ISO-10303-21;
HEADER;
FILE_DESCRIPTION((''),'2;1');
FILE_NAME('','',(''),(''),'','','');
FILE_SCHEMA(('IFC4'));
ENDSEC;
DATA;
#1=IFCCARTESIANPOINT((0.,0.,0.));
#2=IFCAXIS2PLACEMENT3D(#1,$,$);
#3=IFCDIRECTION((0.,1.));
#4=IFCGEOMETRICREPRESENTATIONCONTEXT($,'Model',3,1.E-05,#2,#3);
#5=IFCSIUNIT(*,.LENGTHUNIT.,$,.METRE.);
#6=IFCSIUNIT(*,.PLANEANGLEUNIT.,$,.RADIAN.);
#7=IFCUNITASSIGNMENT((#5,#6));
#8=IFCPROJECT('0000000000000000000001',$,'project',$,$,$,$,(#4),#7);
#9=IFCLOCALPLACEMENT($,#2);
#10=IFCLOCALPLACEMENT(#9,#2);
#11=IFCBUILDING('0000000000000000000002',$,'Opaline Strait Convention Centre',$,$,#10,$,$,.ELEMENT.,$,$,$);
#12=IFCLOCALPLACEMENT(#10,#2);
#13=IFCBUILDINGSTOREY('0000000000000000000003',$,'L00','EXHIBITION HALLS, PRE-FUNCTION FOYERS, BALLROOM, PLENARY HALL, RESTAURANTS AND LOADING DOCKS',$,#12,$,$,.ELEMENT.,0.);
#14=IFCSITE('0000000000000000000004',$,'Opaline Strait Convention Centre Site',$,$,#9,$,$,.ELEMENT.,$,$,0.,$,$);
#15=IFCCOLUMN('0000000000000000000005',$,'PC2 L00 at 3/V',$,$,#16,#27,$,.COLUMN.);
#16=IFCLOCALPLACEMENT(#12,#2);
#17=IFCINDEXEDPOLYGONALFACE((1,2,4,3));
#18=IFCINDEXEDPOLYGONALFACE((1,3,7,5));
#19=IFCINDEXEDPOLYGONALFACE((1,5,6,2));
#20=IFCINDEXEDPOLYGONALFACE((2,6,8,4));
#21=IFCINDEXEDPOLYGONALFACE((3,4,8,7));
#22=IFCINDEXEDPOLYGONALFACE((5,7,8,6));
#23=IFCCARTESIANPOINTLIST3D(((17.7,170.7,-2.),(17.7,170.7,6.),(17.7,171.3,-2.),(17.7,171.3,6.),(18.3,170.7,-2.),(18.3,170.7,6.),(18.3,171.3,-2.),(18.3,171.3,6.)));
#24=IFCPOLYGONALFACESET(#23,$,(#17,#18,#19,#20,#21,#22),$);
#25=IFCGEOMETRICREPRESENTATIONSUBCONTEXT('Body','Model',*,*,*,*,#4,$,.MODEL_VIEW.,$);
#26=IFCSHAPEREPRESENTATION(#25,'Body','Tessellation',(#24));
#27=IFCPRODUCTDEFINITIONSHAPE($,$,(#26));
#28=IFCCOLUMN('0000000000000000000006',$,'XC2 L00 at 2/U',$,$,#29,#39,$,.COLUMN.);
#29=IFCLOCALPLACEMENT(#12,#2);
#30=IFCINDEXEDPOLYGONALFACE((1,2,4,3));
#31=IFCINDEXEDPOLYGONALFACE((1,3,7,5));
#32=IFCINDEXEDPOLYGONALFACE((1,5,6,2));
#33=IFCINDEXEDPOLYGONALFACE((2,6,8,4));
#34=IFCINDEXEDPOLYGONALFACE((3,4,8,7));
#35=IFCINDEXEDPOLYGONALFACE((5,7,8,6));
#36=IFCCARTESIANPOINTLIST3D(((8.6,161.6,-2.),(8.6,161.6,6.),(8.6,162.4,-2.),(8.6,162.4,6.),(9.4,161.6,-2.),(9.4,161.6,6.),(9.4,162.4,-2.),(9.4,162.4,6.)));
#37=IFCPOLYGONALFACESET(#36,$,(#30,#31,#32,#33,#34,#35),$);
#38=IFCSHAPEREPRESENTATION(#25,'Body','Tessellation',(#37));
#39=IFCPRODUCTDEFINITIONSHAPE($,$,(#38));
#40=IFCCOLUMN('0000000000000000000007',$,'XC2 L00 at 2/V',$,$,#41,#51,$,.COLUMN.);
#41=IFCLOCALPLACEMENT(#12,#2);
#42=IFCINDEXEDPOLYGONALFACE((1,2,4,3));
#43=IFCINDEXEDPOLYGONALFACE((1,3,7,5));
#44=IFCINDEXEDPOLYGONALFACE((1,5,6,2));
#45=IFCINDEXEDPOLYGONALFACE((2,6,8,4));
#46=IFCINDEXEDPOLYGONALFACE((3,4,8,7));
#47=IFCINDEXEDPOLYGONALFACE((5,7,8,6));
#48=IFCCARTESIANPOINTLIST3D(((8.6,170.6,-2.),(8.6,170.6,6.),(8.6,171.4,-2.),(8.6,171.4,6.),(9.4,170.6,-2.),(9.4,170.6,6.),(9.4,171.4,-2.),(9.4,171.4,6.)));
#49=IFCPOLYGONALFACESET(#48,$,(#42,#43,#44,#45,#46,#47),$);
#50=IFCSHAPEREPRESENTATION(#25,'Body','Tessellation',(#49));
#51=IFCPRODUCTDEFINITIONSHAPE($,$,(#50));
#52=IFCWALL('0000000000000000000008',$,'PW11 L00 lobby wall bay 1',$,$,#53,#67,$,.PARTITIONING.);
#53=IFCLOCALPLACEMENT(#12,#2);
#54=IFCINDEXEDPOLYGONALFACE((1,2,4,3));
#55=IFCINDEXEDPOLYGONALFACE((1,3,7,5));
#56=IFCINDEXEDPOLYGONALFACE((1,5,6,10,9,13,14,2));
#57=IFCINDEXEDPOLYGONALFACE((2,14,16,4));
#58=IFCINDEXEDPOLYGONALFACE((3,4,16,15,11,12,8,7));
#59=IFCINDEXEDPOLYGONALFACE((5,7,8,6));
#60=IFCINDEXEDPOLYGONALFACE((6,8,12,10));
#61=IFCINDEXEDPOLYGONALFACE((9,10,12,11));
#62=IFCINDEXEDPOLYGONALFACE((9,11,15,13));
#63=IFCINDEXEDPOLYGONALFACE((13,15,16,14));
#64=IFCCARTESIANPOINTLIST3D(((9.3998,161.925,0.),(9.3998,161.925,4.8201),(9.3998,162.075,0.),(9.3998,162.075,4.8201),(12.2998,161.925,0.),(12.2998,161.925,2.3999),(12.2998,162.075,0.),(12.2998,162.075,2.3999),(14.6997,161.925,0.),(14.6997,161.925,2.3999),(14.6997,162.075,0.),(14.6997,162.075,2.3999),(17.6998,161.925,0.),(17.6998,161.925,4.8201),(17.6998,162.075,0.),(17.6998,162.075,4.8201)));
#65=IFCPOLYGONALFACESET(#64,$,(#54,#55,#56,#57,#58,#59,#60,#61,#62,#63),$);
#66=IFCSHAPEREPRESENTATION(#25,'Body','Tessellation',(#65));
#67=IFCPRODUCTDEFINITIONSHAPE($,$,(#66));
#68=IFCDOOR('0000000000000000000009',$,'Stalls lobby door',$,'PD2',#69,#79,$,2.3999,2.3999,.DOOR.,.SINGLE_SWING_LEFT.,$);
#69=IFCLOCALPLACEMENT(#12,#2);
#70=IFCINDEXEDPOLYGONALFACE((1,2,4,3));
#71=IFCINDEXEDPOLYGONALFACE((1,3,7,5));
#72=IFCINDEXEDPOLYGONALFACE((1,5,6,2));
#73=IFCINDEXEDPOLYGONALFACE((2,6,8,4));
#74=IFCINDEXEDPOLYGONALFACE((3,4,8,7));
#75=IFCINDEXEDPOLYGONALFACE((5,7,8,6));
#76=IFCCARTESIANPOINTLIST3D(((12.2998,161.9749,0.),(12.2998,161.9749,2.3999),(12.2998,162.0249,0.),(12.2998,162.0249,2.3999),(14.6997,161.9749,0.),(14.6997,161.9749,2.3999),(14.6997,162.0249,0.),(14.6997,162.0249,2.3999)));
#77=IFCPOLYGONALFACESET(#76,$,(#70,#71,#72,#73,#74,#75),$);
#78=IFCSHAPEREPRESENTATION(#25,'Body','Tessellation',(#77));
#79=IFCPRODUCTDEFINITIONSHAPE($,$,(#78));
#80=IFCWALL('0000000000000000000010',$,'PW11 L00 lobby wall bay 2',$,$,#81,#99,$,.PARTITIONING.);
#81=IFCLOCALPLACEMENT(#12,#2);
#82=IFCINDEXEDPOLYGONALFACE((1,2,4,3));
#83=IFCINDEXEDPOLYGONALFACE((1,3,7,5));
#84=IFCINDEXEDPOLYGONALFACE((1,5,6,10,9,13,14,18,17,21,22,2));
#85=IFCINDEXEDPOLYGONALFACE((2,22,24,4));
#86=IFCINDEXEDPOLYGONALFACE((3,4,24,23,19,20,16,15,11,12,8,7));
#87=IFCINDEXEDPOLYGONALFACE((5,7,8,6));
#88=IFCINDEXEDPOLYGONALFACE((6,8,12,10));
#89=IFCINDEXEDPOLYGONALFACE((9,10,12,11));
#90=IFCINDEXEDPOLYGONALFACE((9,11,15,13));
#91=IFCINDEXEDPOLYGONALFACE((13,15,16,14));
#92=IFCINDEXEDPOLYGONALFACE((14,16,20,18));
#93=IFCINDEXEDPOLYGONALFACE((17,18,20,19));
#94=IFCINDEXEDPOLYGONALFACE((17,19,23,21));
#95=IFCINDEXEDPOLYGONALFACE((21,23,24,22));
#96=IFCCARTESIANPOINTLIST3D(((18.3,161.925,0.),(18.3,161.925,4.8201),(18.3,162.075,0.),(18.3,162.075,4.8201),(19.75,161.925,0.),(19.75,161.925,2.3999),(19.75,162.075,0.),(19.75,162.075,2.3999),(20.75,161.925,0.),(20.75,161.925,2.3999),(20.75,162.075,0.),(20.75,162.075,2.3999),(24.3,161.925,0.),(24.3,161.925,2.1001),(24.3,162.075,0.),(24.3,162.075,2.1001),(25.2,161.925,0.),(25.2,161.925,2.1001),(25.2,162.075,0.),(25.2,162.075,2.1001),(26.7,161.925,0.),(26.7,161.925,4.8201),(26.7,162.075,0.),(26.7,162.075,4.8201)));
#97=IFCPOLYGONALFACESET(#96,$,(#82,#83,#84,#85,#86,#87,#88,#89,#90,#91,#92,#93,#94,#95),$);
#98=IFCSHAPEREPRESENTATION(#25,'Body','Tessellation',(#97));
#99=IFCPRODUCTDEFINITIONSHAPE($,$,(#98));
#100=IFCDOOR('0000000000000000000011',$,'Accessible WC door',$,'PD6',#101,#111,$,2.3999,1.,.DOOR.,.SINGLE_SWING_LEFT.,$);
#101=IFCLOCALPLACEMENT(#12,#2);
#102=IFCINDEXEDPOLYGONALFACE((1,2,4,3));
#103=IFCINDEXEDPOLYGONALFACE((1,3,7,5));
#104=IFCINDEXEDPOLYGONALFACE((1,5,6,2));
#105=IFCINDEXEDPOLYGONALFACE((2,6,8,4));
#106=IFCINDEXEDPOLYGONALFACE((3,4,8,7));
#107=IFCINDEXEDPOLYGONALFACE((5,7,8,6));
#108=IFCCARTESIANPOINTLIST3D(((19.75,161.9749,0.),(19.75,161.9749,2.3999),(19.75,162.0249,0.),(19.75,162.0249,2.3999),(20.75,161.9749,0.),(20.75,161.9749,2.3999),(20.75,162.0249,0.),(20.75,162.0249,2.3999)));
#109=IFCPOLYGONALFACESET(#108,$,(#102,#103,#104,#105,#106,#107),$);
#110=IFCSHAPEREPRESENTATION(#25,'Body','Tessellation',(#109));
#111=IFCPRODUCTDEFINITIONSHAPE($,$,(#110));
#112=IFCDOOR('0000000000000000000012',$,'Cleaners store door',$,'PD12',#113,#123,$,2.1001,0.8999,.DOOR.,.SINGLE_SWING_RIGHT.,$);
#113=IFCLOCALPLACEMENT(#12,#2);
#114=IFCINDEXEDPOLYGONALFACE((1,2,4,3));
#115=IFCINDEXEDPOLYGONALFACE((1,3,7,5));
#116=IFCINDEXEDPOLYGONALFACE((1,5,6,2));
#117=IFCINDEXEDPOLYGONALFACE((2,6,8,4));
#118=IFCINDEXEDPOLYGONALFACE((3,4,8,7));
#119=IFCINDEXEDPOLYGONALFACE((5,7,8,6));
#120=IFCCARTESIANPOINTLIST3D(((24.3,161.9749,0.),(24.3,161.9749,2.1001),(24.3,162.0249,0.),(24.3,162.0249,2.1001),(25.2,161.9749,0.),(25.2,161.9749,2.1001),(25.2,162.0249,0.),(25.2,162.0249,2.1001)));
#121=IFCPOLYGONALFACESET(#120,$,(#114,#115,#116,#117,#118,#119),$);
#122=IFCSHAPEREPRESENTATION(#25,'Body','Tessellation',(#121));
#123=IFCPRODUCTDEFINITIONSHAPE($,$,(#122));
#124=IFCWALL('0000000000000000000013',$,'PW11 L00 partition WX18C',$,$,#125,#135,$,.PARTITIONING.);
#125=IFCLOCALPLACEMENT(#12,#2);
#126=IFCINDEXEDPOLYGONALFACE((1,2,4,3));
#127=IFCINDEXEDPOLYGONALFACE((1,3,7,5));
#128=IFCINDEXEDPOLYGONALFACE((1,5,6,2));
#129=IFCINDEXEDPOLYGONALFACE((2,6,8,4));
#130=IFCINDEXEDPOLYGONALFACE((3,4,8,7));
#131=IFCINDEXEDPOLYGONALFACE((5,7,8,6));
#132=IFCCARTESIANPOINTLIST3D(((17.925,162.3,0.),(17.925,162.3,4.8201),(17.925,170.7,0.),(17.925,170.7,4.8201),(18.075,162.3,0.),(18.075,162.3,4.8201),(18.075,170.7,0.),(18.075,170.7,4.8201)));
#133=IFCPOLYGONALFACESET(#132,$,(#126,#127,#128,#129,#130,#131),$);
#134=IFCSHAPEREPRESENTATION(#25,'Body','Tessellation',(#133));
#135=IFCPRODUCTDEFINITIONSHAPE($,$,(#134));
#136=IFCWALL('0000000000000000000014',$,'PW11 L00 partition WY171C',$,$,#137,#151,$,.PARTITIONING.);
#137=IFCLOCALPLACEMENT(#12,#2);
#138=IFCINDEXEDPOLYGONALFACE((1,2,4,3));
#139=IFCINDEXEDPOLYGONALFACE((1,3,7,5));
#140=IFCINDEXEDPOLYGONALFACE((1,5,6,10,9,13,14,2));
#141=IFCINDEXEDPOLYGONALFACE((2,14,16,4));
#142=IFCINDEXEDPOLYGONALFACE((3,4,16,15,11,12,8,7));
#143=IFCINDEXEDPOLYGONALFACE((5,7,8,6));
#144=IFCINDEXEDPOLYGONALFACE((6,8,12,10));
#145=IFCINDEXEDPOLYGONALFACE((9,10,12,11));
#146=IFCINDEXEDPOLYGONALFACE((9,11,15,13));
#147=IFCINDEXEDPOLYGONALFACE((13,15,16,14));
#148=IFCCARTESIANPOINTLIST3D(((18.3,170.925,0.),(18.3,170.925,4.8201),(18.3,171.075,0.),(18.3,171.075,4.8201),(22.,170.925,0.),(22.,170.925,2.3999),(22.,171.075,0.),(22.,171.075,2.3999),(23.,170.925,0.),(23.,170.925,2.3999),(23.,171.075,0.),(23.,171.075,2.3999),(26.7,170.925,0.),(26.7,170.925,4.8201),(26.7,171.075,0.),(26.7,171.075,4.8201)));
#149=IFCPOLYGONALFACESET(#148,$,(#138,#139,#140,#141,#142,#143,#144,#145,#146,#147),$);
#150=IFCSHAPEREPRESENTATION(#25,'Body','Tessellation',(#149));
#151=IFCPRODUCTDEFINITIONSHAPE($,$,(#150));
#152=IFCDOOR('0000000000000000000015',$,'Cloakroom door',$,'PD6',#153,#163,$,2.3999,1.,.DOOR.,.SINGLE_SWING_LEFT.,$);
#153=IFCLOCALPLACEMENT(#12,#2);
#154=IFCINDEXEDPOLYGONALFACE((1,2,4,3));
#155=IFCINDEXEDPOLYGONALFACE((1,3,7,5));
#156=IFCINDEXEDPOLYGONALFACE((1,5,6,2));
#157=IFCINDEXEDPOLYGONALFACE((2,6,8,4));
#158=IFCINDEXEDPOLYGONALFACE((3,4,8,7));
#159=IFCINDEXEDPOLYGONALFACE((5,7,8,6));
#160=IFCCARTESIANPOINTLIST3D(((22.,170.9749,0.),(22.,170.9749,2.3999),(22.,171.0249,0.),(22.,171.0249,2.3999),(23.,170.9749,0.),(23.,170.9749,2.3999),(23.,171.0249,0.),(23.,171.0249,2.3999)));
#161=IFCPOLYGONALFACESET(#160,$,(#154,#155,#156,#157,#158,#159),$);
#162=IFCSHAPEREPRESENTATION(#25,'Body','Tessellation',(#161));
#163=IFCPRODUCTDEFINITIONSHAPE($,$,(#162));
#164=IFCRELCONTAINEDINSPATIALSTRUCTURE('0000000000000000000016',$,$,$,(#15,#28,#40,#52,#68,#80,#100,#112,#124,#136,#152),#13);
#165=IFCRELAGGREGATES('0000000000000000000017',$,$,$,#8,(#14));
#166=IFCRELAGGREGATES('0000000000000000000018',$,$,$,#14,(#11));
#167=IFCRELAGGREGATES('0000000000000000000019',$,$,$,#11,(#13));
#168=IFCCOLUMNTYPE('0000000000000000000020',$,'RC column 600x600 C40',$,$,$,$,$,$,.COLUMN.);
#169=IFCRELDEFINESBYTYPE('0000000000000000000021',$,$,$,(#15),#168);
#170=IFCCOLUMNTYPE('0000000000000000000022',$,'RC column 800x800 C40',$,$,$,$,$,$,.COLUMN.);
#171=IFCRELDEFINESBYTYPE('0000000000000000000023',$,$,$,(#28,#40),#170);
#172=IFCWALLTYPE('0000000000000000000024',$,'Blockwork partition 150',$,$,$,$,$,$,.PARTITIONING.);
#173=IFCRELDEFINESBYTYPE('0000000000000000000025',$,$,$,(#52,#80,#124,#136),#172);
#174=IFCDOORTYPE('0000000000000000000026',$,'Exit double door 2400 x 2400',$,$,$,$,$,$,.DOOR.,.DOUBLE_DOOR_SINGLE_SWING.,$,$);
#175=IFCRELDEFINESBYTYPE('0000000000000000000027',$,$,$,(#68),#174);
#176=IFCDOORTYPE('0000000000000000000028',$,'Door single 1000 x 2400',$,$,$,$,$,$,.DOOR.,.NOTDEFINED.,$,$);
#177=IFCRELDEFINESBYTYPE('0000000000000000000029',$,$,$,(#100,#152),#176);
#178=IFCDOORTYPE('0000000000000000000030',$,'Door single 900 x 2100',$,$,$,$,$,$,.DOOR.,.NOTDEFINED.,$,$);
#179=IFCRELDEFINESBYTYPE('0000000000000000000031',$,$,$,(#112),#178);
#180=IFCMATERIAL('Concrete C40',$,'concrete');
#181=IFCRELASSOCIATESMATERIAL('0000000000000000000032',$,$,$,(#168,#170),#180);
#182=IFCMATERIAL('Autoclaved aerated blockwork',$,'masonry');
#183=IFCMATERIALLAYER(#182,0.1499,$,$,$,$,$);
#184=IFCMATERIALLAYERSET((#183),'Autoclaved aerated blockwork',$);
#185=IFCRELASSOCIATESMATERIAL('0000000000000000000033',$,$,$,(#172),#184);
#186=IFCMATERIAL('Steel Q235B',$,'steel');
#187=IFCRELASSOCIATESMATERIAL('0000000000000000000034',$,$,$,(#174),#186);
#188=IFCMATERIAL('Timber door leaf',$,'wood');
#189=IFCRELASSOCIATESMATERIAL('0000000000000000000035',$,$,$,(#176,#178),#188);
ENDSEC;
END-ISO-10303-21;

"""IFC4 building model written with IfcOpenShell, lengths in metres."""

from ifc_helpers import new_model, si_unit, direction, frame, frame_2d, origin, origin_2d, place, context, subcontext, project, spatial, rectangle, extrude, material, layer, layer_set, material_profile, profile_set, type_object, element, fill, save


model = new_model("IFC4")

# Units and contexts
model_context = context("Model", 3, precision=1e-05, world=origin(), true_north=direction((0.0, 1.0)))
body_context = subcontext(model_context, "Body", "Model", "MODEL_VIEW")
ifc_project = project(units=[si_unit("LENGTHUNIT", "METRE"), si_unit("PLANEANGLEUNIT", "RADIAN")], contexts=[model_context])

# Site, building, storey
site_placement = place(None, origin())
site = spatial("IfcSite", under=ifc_project, at=site_placement, Name="Opaline Strait Convention Centre Site", CompositionType="ELEMENT", RefElevation=0.0)
building_placement = place(site_placement, origin())
building = spatial("IfcBuilding", under=site, at=building_placement, Name="Opaline Strait Convention Centre", CompositionType="ELEMENT")
storey_placement = place(building_placement, origin())
storey = spatial("IfcBuildingStorey", under=building, at=storey_placement, Name="L00", Description="EXHIBITION HALLS, PRE-FUNCTION FOYERS, BALLROOM, PLENARY HALL, RESTAURANTS AND LOADING DOCKS", CompositionType="ELEMENT", Elevation=0.0)

# Columns
ifc_material_1 = material(Name="Concrete C40", Category="concrete")
ifc_material_profile_1 = material_profile(ifc_material_1, rectangle(XDim=0.6001, YDim=0.6001, at=origin_2d()), Name="RC 600x600")
ifc_profile_set_1 = profile_set([ifc_material_profile_1], Name="Concrete C40")
column_type_1 = type_object("IfcColumnType", Name="RC column 600x600 C40", PredefinedType="COLUMN", material=ifc_profile_set_1)
for number, where, z_axis, x_axis, name in (
    (1, (18.0, 171.0, -2.0), (0.0, 0.0, 1.0), (1.0, 0.0, 0.0), "PC2 L00 at 3/V"),
):
    element("IfcColumn", number, at=place(storey_placement, frame(where, z_axis=z_axis, x_axis=x_axis)), inside=storey, type_object=column_type_1, Name=name, PredefinedType="COLUMN", context=body_context, shape_type="SweptSolid", body=[
        extrude(rectangle(XDim=0.6001, YDim=0.6001, at=origin_2d()), origin(), (0.0, 0.0, 1.0), 8.0),
    ])
ifc_material_profile_2 = material_profile(ifc_material_1, rectangle(XDim=0.8, YDim=0.8, at=origin_2d()), Name="RC 800x800")
ifc_profile_set_2 = profile_set([ifc_material_profile_2], Name="Concrete C40")
column_type_2 = type_object("IfcColumnType", Name="RC column 800x800 C40", PredefinedType="COLUMN", material=ifc_profile_set_2)
for number, where, z_axis, x_axis, name in (
    (2, (9.0, 162.0, -2.0), (0.0, 0.0, 1.0), (1.0, 0.0, 0.0), "XC2 L00 at 2/U"),
    (3, (9.0, 171.0, -2.0), (0.0, 0.0, 1.0), (1.0, 0.0, 0.0), "XC2 L00 at 2/V"),
):
    element("IfcColumn", number, at=place(storey_placement, frame(where, z_axis=z_axis, x_axis=x_axis)), inside=storey, type_object=column_type_2, Name=name, PredefinedType="COLUMN", context=body_context, shape_type="SweptSolid", body=[
        extrude(rectangle(XDim=0.8, YDim=0.8, at=origin_2d()), origin(), (0.0, 0.0, 1.0), 8.0),
    ])

# Wall, opening, door
ifc_material_2 = material(Name="Autoclaved aerated blockwork", Category="masonry")
ifc_layer_1 = layer(ifc_material_2, 0.1499)
ifc_layer_set_1 = layer_set([ifc_layer_1], Name="Autoclaved aerated blockwork")
wall_type_1 = type_object("IfcWallType", Name="Blockwork partition 150", PredefinedType="PARTITIONING", material=ifc_layer_set_1)
wall_1_placement = place(storey_placement, frame((9.3999, 162.0, 0.0), z_axis=(0.0, 0.0, 1.0), x_axis=(1.0, 0.0, 0.0)))
wall_1 = element("IfcWall", 4, at=wall_1_placement, inside=storey, type_object=wall_type_1, Name="PW11 L00 lobby wall bay 1", PredefinedType="PARTITIONING", context=body_context, shape_type="SweptSolid", body=[
    extrude(rectangle(XDim=8.3, YDim=0.1499, at=frame_2d((4.1499, 0.0))), origin(), (0.0, 0.0, 1.0), 4.8201),
])
opening_1_placement = place(wall_1_placement, frame((2.8999, 0.0, 0.0)))
opening_1 = element("IfcOpeningElement", 5, at=opening_1_placement, cuts=wall_1, PredefinedType="OPENING", context=body_context, shape_type="SweptSolid", body=[
    extrude(rectangle(XDim=2.3999, YDim=2.3999, at=frame_2d((1.2, 1.2))), frame((0.0, 0.085, 0.0), z_axis=(0.0, -1.0, 0.0), x_axis=(1.0, 0.0, 0.0)), (0.0, 0.0, 1.0), 0.1699),
])
ifc_material_3 = material(Name="Steel Q235B", Category="steel")
door_type_1 = type_object("IfcDoorType", Name="Exit double door 2400 x 2400", OperationType="DOUBLE_DOOR_SINGLE_SWING", PredefinedType="DOOR", material=ifc_material_3)
door_1_placement = place(opening_1_placement, origin())
door_1 = element("IfcDoor", 6, at=door_1_placement, inside=storey, type_object=door_type_1, Name="Stalls lobby door", ObjectType="PD2", OperationType="SINGLE_SWING_LEFT", OverallHeight=2.3999, OverallWidth=2.3999, PredefinedType="DOOR", context=body_context, shape_type="SweptSolid", body=[
    extrude(rectangle(XDim=2.3999, YDim=2.3999, at=frame_2d((1.2, 1.2))), frame((0.0, 0.0249, 0.0), z_axis=(0.0, -1.0, 0.0), x_axis=(1.0, 0.0, 0.0)), (0.0, 0.0, 1.0), 0.05),
])
fill(opening_1, door_1)

# Wall, openings, doors
wall_2_placement = place(storey_placement, frame((18.3, 162.0, 0.0), z_axis=(0.0, 0.0, 1.0), x_axis=(1.0, 0.0, 0.0)))
wall_2 = element("IfcWall", 7, at=wall_2_placement, inside=storey, type_object=wall_type_1, Name="PW11 L00 lobby wall bay 2", PredefinedType="PARTITIONING", context=body_context, shape_type="SweptSolid", body=[
    extrude(rectangle(XDim=8.3999, YDim=0.1499, at=frame_2d((4.2, 0.0))), origin(), (0.0, 0.0, 1.0), 4.8201),
])
opening_2_placement = place(wall_2_placement, frame((1.45, 0.0, 0.0)))
opening_2 = element("IfcOpeningElement", 8, at=opening_2_placement, cuts=wall_2, PredefinedType="OPENING", context=body_context, shape_type="SweptSolid", body=[
    extrude(rectangle(XDim=1.0, YDim=2.3999, at=frame_2d((0.5, 1.2))), frame((0.0, 0.085, 0.0), z_axis=(0.0, -1.0, 0.0), x_axis=(1.0, 0.0, 0.0)), (0.0, 0.0, 1.0), 0.1699),
])
opening_3_placement = place(wall_2_placement, frame((6.0, 0.0, 0.0)))
opening_3 = element("IfcOpeningElement", 9, at=opening_3_placement, cuts=wall_2, PredefinedType="OPENING", context=body_context, shape_type="SweptSolid", body=[
    extrude(rectangle(XDim=0.8999, YDim=2.1001, at=frame_2d((0.45, 1.05))), frame((0.0, 0.085, 0.0), z_axis=(0.0, -1.0, 0.0), x_axis=(1.0, 0.0, 0.0)), (0.0, 0.0, 1.0), 0.1699),
])
ifc_material_4 = material(Name="Timber door leaf", Category="wood")
door_type_2 = type_object("IfcDoorType", Name="Door single 1000 x 2400", OperationType="NOTDEFINED", PredefinedType="DOOR", material=ifc_material_4)
door_2_placement = place(opening_2_placement, origin())
door_2 = element("IfcDoor", 10, at=door_2_placement, inside=storey, type_object=door_type_2, Name="Accessible WC door", ObjectType="PD6", OperationType="SINGLE_SWING_LEFT", OverallHeight=2.3999, OverallWidth=1.0, PredefinedType="DOOR", context=body_context, shape_type="SweptSolid", body=[
    extrude(rectangle(XDim=1.0, YDim=2.3999, at=frame_2d((0.5, 1.2))), frame((0.0, 0.0249, 0.0), z_axis=(0.0, -1.0, 0.0), x_axis=(1.0, 0.0, 0.0)), (0.0, 0.0, 1.0), 0.05),
])
fill(opening_2, door_2)
door_type_3 = type_object("IfcDoorType", Name="Door single 900 x 2100", OperationType="NOTDEFINED", PredefinedType="DOOR", material=ifc_material_4)
door_3_placement = place(opening_3_placement, origin())
door_3 = element("IfcDoor", 11, at=door_3_placement, inside=storey, type_object=door_type_3, Name="Cleaners store door", ObjectType="PD12", OperationType="SINGLE_SWING_RIGHT", OverallHeight=2.1001, OverallWidth=0.8999, PredefinedType="DOOR", context=body_context, shape_type="SweptSolid", body=[
    extrude(rectangle(XDim=0.8999, YDim=2.1001, at=frame_2d((0.45, 1.05))), frame((0.0, 0.0249, 0.0), z_axis=(0.0, -1.0, 0.0), x_axis=(1.0, 0.0, 0.0)), (0.0, 0.0, 1.0), 0.05),
])
fill(opening_3, door_3)

# Wall
wall_3_placement = place(storey_placement, frame((18.0, 162.3, 0.0), z_axis=(0.0, 0.0, 1.0), x_axis=(0.0, 1.0, 0.0)))
element("IfcWall", 12, at=wall_3_placement, inside=storey, type_object=wall_type_1, Name="PW11 L00 partition WX18C", PredefinedType="PARTITIONING", context=body_context, shape_type="SweptSolid", body=[
    extrude(rectangle(XDim=8.3999, YDim=0.1499, at=frame_2d((4.2, 0.0))), origin(), (0.0, 0.0, 1.0), 4.8201),
])

# Wall, opening, door
wall_4_placement = place(storey_placement, frame((18.3, 171.0, 0.0), z_axis=(0.0, 0.0, 1.0), x_axis=(1.0, 0.0, 0.0)))
wall_4 = element("IfcWall", 13, at=wall_4_placement, inside=storey, type_object=wall_type_1, Name="PW11 L00 partition WY171C", PredefinedType="PARTITIONING", context=body_context, shape_type="SweptSolid", body=[
    extrude(rectangle(XDim=8.3999, YDim=0.1499, at=frame_2d((4.2, 0.0))), origin(), (0.0, 0.0, 1.0), 4.8201),
])
opening_4_placement = place(wall_4_placement, frame((3.7, 0.0, 0.0)))
opening_4 = element("IfcOpeningElement", 14, at=opening_4_placement, cuts=wall_4, PredefinedType="OPENING", context=body_context, shape_type="SweptSolid", body=[
    extrude(rectangle(XDim=1.0, YDim=2.3999, at=frame_2d((0.5, 1.2))), frame((0.0, 0.085, 0.0), z_axis=(0.0, -1.0, 0.0), x_axis=(1.0, 0.0, 0.0)), (0.0, 0.0, 1.0), 0.1699),
])
door_4_placement = place(opening_4_placement, origin())
door_4 = element("IfcDoor", 15, at=door_4_placement, inside=storey, type_object=door_type_2, Name="Cloakroom door", ObjectType="PD6", OperationType="SINGLE_SWING_LEFT", OverallHeight=2.3999, OverallWidth=1.0, PredefinedType="DOOR", context=body_context, shape_type="SweptSolid", body=[
    extrude(rectangle(XDim=1.0, YDim=2.3999, at=frame_2d((0.5, 1.2))), frame((0.0, 0.0249, 0.0), z_axis=(0.0, -1.0, 0.0), x_axis=(1.0, 0.0, 0.0)), (0.0, 0.0, 1.0), 0.05),
])
fill(opening_4, door_4)

save(model, "model.ifc")
